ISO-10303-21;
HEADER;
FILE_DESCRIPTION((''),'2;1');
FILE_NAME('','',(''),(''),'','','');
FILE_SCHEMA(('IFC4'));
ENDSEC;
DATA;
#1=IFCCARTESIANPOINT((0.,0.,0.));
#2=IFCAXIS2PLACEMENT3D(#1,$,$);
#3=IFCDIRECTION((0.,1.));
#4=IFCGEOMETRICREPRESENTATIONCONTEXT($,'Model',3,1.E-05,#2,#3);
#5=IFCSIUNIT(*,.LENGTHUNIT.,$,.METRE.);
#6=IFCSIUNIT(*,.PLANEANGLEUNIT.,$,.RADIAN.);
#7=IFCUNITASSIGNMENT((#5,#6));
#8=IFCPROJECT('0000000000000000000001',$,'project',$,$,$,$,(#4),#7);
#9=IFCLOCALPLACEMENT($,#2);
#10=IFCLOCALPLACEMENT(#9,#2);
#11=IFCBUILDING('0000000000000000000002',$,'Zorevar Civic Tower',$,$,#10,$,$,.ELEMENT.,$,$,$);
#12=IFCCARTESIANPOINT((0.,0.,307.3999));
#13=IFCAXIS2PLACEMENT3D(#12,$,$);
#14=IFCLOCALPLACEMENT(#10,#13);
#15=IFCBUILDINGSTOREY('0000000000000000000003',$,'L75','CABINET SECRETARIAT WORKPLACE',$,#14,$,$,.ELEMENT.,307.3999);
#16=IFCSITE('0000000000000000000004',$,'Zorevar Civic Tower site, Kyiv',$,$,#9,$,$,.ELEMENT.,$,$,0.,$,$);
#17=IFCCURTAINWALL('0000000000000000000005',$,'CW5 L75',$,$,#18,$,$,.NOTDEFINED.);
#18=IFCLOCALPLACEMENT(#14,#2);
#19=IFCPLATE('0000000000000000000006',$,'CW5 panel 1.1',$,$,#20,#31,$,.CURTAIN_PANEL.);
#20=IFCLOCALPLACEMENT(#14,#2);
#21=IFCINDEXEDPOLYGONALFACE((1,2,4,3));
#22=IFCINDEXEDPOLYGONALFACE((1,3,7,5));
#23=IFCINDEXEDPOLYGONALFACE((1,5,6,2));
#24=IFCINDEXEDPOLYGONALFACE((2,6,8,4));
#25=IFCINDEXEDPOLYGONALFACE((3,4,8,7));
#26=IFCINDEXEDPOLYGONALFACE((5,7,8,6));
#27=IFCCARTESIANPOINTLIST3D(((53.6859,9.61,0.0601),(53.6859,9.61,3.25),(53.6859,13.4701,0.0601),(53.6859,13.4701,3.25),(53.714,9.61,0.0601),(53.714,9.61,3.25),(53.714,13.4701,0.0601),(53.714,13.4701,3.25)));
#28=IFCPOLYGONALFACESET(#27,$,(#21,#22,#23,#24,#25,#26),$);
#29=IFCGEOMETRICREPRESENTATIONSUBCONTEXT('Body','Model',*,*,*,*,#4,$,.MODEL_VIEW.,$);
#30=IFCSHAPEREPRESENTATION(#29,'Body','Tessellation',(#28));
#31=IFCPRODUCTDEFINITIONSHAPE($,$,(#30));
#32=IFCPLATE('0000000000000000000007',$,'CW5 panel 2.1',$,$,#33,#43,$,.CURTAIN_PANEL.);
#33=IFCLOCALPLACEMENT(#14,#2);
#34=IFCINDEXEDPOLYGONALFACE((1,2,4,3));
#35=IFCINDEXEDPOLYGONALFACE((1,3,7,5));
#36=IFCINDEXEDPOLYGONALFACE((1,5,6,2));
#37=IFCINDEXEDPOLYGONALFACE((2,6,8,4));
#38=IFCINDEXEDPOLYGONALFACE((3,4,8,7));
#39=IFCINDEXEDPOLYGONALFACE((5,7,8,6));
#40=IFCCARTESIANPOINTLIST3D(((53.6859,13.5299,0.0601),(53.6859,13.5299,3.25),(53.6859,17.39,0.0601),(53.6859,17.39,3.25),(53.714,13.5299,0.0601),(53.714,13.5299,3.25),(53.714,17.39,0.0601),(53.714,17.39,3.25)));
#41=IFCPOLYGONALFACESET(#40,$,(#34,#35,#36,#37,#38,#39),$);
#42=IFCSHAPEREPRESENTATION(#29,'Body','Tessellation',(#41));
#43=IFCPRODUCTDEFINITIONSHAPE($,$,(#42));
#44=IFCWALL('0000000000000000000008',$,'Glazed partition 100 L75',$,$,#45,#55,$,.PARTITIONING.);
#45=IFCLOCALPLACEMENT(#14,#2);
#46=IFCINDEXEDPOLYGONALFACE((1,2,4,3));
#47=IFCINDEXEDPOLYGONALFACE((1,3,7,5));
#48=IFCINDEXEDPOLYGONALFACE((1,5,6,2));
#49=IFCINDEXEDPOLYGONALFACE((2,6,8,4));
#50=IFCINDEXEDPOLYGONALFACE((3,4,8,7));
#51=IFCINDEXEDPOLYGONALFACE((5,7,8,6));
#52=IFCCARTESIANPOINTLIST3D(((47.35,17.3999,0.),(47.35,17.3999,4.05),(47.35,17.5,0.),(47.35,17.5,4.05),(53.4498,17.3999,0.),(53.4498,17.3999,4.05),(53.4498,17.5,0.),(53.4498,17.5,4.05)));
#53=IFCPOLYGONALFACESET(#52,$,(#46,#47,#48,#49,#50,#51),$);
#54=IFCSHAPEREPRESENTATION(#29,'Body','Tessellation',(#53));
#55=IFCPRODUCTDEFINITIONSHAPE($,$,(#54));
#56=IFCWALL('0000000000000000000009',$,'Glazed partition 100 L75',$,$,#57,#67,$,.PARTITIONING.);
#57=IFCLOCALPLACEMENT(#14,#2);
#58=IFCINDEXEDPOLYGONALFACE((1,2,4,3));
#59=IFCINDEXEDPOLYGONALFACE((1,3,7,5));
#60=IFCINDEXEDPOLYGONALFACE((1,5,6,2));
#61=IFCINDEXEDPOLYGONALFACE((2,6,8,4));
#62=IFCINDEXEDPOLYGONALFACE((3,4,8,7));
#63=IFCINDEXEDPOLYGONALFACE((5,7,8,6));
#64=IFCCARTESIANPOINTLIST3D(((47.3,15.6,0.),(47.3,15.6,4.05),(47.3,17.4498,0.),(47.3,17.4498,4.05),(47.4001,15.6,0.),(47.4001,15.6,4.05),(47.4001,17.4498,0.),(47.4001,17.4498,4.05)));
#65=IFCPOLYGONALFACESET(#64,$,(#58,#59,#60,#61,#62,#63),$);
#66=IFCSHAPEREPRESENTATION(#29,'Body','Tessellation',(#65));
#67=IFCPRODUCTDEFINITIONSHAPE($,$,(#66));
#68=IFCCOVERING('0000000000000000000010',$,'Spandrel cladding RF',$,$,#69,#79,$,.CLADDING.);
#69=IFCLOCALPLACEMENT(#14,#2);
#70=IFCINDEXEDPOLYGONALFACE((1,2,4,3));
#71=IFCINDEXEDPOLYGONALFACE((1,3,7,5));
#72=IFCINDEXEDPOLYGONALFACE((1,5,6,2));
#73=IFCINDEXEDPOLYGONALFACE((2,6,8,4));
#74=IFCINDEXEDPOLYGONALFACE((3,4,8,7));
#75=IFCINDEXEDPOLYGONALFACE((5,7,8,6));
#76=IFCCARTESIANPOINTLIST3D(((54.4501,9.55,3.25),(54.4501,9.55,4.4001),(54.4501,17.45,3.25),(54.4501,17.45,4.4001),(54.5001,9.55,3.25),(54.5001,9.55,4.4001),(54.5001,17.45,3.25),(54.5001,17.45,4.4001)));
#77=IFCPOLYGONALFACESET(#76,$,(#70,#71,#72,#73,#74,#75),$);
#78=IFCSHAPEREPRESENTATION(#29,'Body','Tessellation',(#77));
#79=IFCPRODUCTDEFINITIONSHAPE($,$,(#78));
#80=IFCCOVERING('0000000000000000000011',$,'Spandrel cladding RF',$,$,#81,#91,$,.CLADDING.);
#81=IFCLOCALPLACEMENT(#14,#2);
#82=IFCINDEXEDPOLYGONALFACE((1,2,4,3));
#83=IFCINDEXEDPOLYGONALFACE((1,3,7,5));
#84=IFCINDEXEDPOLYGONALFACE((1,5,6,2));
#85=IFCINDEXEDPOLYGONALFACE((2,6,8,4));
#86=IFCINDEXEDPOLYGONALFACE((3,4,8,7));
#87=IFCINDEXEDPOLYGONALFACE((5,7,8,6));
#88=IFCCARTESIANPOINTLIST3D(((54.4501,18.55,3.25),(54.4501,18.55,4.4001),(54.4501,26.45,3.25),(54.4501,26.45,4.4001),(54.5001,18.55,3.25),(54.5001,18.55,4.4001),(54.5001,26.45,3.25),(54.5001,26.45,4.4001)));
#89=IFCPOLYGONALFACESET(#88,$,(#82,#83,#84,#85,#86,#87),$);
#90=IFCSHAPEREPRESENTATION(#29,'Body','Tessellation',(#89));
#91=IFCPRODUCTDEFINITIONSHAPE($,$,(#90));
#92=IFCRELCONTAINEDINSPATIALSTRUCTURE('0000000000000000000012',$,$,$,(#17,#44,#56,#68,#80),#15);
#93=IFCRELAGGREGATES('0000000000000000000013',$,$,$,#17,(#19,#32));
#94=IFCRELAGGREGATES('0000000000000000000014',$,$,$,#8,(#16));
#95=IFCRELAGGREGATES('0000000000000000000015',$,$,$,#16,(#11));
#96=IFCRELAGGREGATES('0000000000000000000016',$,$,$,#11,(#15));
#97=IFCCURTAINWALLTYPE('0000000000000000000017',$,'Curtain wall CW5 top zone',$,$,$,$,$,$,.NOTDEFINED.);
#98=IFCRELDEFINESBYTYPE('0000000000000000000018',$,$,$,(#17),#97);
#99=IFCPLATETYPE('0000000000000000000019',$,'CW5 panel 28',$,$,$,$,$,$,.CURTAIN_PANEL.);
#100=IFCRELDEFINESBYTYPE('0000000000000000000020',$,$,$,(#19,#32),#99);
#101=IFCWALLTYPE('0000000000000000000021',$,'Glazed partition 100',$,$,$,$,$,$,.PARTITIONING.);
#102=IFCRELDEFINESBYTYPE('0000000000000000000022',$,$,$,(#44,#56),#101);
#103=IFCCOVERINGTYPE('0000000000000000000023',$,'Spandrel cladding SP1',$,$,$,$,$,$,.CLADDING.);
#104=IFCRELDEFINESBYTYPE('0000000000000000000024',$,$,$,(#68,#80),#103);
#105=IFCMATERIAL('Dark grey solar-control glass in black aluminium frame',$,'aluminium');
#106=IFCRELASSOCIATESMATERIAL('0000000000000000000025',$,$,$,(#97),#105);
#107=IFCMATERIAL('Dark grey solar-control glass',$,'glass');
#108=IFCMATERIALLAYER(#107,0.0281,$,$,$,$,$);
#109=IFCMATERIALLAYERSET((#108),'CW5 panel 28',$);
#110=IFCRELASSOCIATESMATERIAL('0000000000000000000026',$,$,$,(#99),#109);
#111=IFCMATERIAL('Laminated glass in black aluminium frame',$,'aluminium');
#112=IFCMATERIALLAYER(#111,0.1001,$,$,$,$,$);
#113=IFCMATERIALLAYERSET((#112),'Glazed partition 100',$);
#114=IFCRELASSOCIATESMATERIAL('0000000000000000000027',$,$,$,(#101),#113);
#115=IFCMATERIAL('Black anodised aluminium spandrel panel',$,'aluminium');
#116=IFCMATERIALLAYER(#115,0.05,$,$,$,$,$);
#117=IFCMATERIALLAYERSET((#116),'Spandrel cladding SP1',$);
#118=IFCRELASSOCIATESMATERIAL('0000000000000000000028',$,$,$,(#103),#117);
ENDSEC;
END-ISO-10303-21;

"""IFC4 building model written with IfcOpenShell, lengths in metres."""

from ifc_helpers import new_model, si_unit, direction, frame, frame_2d, origin, origin_2d, place, context, subcontext, project, spatial, rectangle, extrude, material, layer, layer_set, type_object, element, aggregate, save


model = new_model("IFC4")

# Units and contexts
model_context = context("Model", 3, precision=1e-05, world=origin(), true_north=direction((0.0, 1.0)))
body_context = subcontext(model_context, "Body", "Model", "MODEL_VIEW")
ifc_project = project(units=[si_unit("LENGTHUNIT", "METRE"), si_unit("PLANEANGLEUNIT", "RADIAN")], contexts=[model_context])

# Site, building, storey
site_placement = place(None, origin())
site = spatial("IfcSite", under=ifc_project, at=site_placement, Name="Zorevar Civic Tower site, Kyiv", CompositionType="ELEMENT", RefElevation=0.0)
building_placement = place(site_placement, origin())
building = spatial("IfcBuilding", under=site, at=building_placement, Name="Zorevar Civic Tower", CompositionType="ELEMENT")
storey_placement = place(building_placement, frame((0.0, 0.0, 307.3999)))
storey = spatial("IfcBuildingStorey", under=building, at=storey_placement, Name="L75", Description="CABINET SECRETARIAT WORKPLACE", CompositionType="ELEMENT", Elevation=307.3999)

# Curtain wall
ifc_material_1 = material(Name="Dark grey solar-control glass in black aluminium frame", Category="aluminium")
curtain_wall_type = type_object("IfcCurtainWallType", Name="Curtain wall CW5 top zone", PredefinedType="NOTDEFINED", material=ifc_material_1)
curtain_wall_placement = place(storey_placement, origin())
curtain_wall = element("IfcCurtainWall", 1, at=curtain_wall_placement, inside=storey, type_object=curtain_wall_type, Name="CW5 L75", PredefinedType="NOTDEFINED")

# Plates
ifc_material_2 = material(Name="Dark grey solar-control glass", Category="glass")
ifc_layer_1 = layer(ifc_material_2, 0.0281)
ifc_layer_set_1 = layer_set([ifc_layer_1], Name="CW5 panel 28")
plate_type = type_object("IfcPlateType", Name="CW5 panel 28", PredefinedType="CURTAIN_PANEL", material=ifc_layer_set_1)
plate_1_placement = place(storey_placement, frame((53.7, 11.54, 0.0601), z_axis=(0.0, 0.0, 1.0), x_axis=(0.0, 1.0, 0.0)))
plate_1 = element("IfcPlate", 2, at=plate_1_placement, type_object=plate_type, Name="CW5 panel 1.1", PredefinedType="CURTAIN_PANEL", context=body_context, shape_type="SweptSolid", body=[
    extrude(rectangle(XDim=3.8601, YDim=0.0281, at=origin_2d()), origin(), (0.0, 0.0, 1.0), 3.1899),
])
plate_2_placement = place(storey_placement, frame((53.7, 15.46, 0.0601), z_axis=(0.0, 0.0, 1.0), x_axis=(0.0, 1.0, 0.0)))
plate_2 = element("IfcPlate", 3, at=plate_2_placement, type_object=plate_type, Name="CW5 panel 2.1", PredefinedType="CURTAIN_PANEL", context=body_context, shape_type="SweptSolid", body=[
    extrude(rectangle(XDim=3.8601, YDim=0.0281, at=origin_2d()), origin(), (0.0, 0.0, 1.0), 3.1899),
])
aggregate(curtain_wall, [plate_1, plate_2])

# Walls
ifc_material_3 = material(Name="Laminated glass in black aluminium frame", Category="aluminium")
ifc_layer_2 = layer(ifc_material_3, 0.1001)
ifc_layer_set_2 = layer_set([ifc_layer_2], Name="Glazed partition 100")
wall_type_1 = type_object("IfcWallType", Name="Glazed partition 100", PredefinedType="PARTITIONING", material=ifc_layer_set_2)
wall_1_placement = place(storey_placement, frame((47.3501, 17.45, 0.0), z_axis=(0.0, 0.0, 1.0), x_axis=(1.0, 0.0, 0.0)))
element("IfcWall", 4, at=wall_1_placement, inside=storey, type_object=wall_type_1, Name="Glazed partition 100 L75", PredefinedType="PARTITIONING", context=body_context, shape_type="SweptSolid", body=[
    extrude(rectangle(XDim=6.0999, YDim=0.1001, at=frame_2d((3.0498, 0.0))), origin(), (0.0, 0.0, 1.0), 4.05),
])
wall_2_placement = place(storey_placement, frame((47.3501, 15.6001, 0.0), z_axis=(0.0, 0.0, 1.0), x_axis=(0.0, 1.0, 0.0)))
element("IfcWall", 5, at=wall_2_placement, inside=storey, type_object=wall_type_1, Name="Glazed partition 100 L75", PredefinedType="PARTITIONING", context=body_context, shape_type="SweptSolid", body=[
    extrude(rectangle(XDim=1.8499, YDim=0.1001, at=frame_2d((0.9248, 0.0))), origin(), (0.0, 0.0, 1.0), 4.05),
])

# Coverings
ifc_material_4 = material(Name="Black anodised aluminium spandrel panel", Category="aluminium")
ifc_layer_3 = layer(ifc_material_4, 0.05)
ifc_layer_set_3 = layer_set([ifc_layer_3], Name="Spandrel cladding SP1")
covering_type = type_object("IfcCoveringType", Name="Spandrel cladding SP1", PredefinedType="CLADDING", material=ifc_layer_set_3)
for number, where, z_axis, x_axis, name in (
    (6, (54.4751, 9.55, 3.25), (0.0, 0.0, 1.0), (0.0, 1.0, 0.0), "Spandrel cladding RF"),
    (7, (54.4751, 18.55, 3.25), (0.0, 0.0, 1.0), (0.0, 1.0, 0.0), "Spandrel cladding RF"),
):
    element("IfcCovering", number, at=place(storey_placement, frame(where, z_axis=z_axis, x_axis=x_axis)), inside=storey, type_object=covering_type, Name=name, PredefinedType="CLADDING", context=body_context, shape_type="SweptSolid", body=[
        extrude(rectangle(XDim=7.8999, YDim=0.05, at=frame_2d((3.95, 0.0))), origin(), (0.0, 0.0, 1.0), 1.1501),
    ])

save(model, "model.ifc")
